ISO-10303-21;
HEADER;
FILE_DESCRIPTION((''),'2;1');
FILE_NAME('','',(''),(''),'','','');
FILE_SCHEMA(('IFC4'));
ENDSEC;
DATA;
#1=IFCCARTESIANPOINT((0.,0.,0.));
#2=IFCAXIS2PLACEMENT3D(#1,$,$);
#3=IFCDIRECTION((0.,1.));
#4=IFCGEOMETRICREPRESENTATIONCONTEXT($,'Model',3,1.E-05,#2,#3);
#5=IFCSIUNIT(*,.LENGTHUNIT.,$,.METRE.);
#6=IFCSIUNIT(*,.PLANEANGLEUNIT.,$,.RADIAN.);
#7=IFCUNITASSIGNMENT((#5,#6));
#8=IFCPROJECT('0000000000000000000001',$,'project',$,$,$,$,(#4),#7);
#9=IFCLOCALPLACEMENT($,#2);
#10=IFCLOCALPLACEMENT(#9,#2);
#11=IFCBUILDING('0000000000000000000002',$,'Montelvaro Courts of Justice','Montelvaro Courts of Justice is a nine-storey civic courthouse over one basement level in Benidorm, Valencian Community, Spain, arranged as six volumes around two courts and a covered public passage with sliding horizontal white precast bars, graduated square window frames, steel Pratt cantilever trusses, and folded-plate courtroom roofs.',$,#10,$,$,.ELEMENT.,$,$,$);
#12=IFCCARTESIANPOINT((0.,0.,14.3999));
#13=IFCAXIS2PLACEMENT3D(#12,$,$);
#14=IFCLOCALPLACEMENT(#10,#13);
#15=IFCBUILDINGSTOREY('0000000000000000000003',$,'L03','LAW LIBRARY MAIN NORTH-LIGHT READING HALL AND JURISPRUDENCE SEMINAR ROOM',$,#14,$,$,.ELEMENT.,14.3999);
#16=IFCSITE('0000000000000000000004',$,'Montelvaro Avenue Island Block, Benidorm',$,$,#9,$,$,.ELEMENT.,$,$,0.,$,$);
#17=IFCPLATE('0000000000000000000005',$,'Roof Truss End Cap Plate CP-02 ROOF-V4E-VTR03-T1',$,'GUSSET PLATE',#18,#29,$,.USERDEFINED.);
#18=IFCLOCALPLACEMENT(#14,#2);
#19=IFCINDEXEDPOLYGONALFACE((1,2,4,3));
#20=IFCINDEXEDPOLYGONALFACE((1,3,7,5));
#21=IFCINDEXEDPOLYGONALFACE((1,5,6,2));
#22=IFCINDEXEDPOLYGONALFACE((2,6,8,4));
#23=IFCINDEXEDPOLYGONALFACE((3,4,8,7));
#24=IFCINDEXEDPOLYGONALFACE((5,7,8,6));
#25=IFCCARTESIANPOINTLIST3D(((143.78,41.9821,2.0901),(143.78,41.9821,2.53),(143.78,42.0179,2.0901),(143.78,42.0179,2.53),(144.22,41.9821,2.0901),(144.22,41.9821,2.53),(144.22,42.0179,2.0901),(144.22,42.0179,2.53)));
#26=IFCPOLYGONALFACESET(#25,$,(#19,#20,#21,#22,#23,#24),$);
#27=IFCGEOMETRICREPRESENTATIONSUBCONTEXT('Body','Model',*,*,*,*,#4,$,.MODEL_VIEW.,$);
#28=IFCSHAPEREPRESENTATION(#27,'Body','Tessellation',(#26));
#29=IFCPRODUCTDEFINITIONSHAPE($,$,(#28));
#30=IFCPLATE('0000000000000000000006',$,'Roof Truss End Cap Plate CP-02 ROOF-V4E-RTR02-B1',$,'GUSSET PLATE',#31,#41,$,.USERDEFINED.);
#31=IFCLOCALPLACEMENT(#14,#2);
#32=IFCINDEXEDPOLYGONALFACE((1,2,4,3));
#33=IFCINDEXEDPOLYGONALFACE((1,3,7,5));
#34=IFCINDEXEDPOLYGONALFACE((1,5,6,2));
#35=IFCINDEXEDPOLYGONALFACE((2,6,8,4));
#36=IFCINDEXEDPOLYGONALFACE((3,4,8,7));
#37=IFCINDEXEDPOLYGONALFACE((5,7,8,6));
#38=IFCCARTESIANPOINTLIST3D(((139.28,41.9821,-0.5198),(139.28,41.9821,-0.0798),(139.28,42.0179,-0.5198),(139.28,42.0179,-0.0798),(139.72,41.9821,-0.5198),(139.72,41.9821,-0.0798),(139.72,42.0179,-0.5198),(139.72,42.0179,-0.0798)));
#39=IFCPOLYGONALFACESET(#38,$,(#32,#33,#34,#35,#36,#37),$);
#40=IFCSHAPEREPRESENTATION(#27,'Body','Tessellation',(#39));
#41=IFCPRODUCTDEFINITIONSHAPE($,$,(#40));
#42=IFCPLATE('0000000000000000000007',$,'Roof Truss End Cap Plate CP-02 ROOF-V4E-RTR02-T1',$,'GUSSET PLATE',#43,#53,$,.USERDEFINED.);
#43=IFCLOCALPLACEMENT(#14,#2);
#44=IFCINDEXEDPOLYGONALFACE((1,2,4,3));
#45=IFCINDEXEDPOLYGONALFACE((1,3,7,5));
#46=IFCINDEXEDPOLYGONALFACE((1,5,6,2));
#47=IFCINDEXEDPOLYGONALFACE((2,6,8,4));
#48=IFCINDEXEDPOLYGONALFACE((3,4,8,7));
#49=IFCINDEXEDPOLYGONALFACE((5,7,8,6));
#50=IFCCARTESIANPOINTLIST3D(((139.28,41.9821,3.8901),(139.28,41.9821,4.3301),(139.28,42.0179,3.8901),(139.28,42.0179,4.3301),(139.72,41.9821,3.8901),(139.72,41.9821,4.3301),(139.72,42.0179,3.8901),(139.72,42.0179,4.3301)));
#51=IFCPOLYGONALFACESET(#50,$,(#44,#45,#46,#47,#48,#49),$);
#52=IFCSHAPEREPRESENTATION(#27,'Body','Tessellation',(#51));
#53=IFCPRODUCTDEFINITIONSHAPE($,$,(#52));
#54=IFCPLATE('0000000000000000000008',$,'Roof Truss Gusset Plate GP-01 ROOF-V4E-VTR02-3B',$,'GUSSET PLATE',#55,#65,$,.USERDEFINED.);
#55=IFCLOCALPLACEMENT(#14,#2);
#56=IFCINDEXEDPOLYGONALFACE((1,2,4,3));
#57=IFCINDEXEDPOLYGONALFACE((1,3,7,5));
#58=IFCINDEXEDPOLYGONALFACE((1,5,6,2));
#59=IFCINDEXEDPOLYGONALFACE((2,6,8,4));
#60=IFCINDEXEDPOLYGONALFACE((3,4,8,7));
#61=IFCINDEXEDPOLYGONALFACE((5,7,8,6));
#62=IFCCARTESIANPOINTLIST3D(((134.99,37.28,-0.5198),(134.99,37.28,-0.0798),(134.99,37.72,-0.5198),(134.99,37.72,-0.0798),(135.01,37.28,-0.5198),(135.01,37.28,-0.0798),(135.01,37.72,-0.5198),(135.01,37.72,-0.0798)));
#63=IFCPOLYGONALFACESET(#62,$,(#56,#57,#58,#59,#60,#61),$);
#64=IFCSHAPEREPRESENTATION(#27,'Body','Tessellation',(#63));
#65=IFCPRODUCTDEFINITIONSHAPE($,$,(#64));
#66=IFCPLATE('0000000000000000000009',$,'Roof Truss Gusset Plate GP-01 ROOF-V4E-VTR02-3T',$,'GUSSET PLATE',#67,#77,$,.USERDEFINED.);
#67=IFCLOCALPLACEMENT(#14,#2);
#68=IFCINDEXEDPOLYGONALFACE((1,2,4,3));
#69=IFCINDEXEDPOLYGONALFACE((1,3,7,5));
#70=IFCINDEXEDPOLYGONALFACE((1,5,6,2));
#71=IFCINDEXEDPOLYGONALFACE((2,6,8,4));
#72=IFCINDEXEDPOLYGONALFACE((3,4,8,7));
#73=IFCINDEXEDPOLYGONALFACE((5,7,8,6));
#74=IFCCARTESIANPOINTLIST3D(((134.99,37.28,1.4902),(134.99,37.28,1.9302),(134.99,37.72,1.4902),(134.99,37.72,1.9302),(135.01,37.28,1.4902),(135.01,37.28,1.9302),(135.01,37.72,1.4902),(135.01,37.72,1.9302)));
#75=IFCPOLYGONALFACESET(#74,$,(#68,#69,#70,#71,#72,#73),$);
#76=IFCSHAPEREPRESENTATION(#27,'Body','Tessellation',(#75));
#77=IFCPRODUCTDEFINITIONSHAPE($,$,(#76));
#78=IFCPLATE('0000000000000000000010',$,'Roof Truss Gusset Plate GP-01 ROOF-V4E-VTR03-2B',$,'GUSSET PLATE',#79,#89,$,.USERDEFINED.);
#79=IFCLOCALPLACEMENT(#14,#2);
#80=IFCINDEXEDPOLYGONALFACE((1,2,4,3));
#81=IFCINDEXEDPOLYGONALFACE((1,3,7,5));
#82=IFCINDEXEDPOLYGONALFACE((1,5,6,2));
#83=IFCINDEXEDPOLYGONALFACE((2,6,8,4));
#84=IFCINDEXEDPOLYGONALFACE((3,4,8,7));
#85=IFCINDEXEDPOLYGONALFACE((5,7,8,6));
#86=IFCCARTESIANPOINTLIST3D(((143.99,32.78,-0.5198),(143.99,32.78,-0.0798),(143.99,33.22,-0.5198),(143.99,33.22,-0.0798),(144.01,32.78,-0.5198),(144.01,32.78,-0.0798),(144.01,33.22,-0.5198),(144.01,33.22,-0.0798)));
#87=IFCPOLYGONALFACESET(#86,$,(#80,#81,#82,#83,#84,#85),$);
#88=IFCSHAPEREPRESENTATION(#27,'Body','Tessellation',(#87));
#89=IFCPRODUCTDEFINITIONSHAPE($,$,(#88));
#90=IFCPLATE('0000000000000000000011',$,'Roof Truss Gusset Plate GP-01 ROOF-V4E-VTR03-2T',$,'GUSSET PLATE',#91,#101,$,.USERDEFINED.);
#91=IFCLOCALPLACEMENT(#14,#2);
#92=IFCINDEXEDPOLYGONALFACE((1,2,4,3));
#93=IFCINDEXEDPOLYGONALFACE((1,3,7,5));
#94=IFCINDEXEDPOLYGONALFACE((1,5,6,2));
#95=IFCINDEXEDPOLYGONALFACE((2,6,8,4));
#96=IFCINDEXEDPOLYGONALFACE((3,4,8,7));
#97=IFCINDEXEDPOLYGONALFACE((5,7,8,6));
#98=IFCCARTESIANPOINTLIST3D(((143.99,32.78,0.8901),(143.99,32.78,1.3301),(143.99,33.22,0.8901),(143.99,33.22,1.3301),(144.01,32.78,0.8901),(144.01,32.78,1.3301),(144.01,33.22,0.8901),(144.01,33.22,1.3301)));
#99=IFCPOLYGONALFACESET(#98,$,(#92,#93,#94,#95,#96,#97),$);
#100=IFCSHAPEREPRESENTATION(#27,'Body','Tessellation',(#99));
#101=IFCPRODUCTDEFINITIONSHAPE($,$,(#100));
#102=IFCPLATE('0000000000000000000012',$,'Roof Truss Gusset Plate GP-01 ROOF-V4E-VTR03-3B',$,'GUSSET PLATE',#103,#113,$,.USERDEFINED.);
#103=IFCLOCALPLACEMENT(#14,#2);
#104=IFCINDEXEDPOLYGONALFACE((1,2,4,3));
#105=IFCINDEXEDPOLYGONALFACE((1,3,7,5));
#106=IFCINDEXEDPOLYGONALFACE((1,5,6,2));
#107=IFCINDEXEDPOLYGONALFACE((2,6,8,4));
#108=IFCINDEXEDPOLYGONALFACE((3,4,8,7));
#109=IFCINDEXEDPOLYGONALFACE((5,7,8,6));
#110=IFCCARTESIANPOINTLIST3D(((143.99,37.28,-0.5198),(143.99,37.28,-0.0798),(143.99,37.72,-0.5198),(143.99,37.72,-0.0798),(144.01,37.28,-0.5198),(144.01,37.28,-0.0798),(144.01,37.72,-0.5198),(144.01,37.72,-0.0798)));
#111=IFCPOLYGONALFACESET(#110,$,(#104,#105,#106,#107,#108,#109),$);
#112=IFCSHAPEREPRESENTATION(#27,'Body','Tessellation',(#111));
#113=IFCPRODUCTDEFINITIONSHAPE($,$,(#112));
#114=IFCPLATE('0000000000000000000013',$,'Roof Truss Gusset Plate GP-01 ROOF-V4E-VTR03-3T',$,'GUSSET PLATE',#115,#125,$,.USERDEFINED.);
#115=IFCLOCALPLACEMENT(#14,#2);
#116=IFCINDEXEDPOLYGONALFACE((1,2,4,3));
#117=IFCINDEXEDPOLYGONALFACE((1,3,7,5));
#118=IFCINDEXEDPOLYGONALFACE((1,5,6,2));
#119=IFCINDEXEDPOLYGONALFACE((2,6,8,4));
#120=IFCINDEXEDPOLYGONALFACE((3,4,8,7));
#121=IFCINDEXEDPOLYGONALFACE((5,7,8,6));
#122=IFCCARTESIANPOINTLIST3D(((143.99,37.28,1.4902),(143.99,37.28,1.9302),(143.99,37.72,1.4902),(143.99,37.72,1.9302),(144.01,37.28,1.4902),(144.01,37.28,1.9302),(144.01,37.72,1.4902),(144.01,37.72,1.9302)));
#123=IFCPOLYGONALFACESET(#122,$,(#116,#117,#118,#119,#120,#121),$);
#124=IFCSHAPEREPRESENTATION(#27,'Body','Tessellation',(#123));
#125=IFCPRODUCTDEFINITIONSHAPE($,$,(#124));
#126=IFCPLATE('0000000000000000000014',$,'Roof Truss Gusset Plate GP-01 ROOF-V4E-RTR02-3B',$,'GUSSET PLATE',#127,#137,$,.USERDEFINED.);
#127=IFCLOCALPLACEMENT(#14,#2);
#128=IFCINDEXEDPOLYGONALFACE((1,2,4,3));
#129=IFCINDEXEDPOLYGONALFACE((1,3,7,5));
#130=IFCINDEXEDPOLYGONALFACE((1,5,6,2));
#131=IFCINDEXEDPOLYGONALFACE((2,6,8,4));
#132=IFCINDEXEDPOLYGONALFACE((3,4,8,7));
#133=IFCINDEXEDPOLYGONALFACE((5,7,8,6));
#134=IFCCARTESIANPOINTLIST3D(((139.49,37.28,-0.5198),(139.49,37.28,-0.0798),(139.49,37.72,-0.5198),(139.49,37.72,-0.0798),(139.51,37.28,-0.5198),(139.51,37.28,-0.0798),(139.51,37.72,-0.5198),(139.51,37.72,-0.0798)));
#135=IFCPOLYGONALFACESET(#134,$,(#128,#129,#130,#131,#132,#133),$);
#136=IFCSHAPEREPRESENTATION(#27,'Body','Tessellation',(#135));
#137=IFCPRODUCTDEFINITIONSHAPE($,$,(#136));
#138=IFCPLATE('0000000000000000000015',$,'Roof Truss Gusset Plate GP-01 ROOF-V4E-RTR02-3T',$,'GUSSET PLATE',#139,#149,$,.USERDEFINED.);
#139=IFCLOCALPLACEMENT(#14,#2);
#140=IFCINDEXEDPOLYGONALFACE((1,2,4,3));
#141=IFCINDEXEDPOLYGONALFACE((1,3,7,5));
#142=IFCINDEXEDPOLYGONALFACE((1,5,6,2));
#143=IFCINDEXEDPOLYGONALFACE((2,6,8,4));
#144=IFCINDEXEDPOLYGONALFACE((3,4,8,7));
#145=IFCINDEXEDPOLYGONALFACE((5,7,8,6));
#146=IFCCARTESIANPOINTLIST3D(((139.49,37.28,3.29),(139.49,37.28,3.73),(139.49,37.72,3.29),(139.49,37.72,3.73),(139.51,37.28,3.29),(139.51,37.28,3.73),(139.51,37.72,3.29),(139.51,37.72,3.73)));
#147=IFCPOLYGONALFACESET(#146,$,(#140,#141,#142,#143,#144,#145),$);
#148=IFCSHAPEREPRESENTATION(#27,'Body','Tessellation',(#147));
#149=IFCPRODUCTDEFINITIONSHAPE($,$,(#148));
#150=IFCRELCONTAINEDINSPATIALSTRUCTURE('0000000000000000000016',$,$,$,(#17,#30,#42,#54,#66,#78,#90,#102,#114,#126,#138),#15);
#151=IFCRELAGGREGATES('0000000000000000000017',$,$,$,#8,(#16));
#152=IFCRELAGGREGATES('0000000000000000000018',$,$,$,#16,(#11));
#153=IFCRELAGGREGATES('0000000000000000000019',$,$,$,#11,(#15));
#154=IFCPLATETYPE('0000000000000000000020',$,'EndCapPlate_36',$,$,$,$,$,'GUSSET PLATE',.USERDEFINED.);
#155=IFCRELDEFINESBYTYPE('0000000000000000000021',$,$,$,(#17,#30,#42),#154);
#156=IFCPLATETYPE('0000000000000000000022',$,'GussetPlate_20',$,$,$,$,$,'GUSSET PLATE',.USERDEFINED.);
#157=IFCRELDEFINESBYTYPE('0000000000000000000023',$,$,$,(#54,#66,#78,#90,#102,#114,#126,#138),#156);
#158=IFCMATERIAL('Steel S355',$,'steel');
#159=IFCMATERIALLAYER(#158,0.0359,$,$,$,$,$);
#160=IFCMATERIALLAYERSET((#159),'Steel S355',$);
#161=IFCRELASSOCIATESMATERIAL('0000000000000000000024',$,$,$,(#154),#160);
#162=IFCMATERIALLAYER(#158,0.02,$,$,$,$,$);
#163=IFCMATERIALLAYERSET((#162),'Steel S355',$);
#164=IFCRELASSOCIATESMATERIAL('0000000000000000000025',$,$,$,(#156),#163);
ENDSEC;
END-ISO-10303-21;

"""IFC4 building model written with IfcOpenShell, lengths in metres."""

from ifc_helpers import new_model, si_unit, direction, frame, origin, origin_2d, place, context, subcontext, project, spatial, rectangle, extrude, material, layer, layer_set, type_object, element, save


model = new_model("IFC4")

# Units and contexts
model_context = context("Model", 3, precision=1e-05, world=origin(), true_north=direction((0.0, 1.0)))
body_context = subcontext(model_context, "Body", "Model", "MODEL_VIEW")
ifc_project = project(units=[si_unit("LENGTHUNIT", "METRE"), si_unit("PLANEANGLEUNIT", "RADIAN")], contexts=[model_context])

# Site, building, storey
site_placement = place(None, origin())
site = spatial("IfcSite", under=ifc_project, at=site_placement, Name="Montelvaro Avenue Island Block, Benidorm", CompositionType="ELEMENT", RefElevation=0.0)
building_placement = place(site_placement, origin())
building = spatial("IfcBuilding", under=site, at=building_placement, Name="Montelvaro Courts of Justice", Description="Montelvaro Courts of Justice is a nine-storey civic courthouse over one basement level in Benidorm, Valencian Community, Spain, arranged as six volumes around two courts and a covered public passage with sliding horizontal white precast bars, graduated square window frames, steel Pratt cantilever trusses, and folded-plate courtroom roofs.", CompositionType="ELEMENT")
storey_placement = place(building_placement, frame((0.0, 0.0, 14.3999)))
storey = spatial("IfcBuildingStorey", under=building, at=storey_placement, Name="L03", Description="LAW LIBRARY MAIN NORTH-LIGHT READING HALL AND JURISPRUDENCE SEMINAR ROOM", CompositionType="ELEMENT", Elevation=14.3999)

# Shared definitions
ifc_material = material(Name="Steel S355", Category="steel")

# Plates
ifc_layer_1 = layer(ifc_material, 0.0359)
ifc_layer_set_1 = layer_set([ifc_layer_1], Name="Steel S355")
plate_type_1 = type_object("IfcPlateType", Name="EndCapPlate_36", ElementType="GUSSET PLATE", PredefinedType="USERDEFINED", material=ifc_layer_set_1)
for number, where, z_axis, x_axis, name in (
    (1, (144.0, 42.0, 2.0901), (0.0, 0.0, 1.0), (1.0, 0.0, 0.0), "Roof Truss End Cap Plate CP-02 ROOF-V4E-VTR03-T1"),
    (2, (139.5, 42.0, -0.5198), (0.0, 0.0, 1.0), (1.0, 0.0, 0.0), "Roof Truss End Cap Plate CP-02 ROOF-V4E-RTR02-B1"),
    (3, (139.5, 42.0, 3.8901), (0.0, 0.0, 1.0), (1.0, 0.0, 0.0), "Roof Truss End Cap Plate CP-02 ROOF-V4E-RTR02-T1"),
):
    element("IfcPlate", number, at=place(storey_placement, frame(where, z_axis=z_axis, x_axis=x_axis)), inside=storey, type_object=plate_type_1, Name=name, ObjectType="GUSSET PLATE", PredefinedType="USERDEFINED", context=body_context, shape_type="SweptSolid", body=[
        extrude(rectangle(XDim=0.4399, YDim=0.0359, at=origin_2d()), origin(), (0.0, 0.0, 1.0), 0.4399),
    ])
ifc_layer_2 = layer(ifc_material, 0.02)
ifc_layer_set_2 = layer_set([ifc_layer_2], Name="Steel S355")
plate_type_2 = type_object("IfcPlateType", Name="GussetPlate_20", ElementType="GUSSET PLATE", PredefinedType="USERDEFINED", material=ifc_layer_set_2)
for number, where, z_axis, x_axis, name in (
    (4, (135.0, 37.5, -0.5198), (0.0, 0.0, 1.0), (1.0, 0.0, 0.0), "Roof Truss Gusset Plate GP-01 ROOF-V4E-VTR02-3B"),
    (5, (135.0, 37.5, 1.4902), (0.0, 0.0, 1.0), (1.0, 0.0, 0.0), "Roof Truss Gusset Plate GP-01 ROOF-V4E-VTR02-3T"),
    (6, (144.0, 33.0, -0.5198), (0.0, 0.0, 1.0), (1.0, 0.0, 0.0), "Roof Truss Gusset Plate GP-01 ROOF-V4E-VTR03-2B"),
    (7, (144.0, 33.0, 0.8901), (0.0, 0.0, 1.0), (1.0, 0.0, 0.0), "Roof Truss Gusset Plate GP-01 ROOF-V4E-VTR03-2T"),
    (8, (144.0, 37.5, -0.5198), (0.0, 0.0, 1.0), (1.0, 0.0, 0.0), "Roof Truss Gusset Plate GP-01 ROOF-V4E-VTR03-3B"),
    (9, (144.0, 37.5, 1.4902), (0.0, 0.0, 1.0), (1.0, 0.0, 0.0), "Roof Truss Gusset Plate GP-01 ROOF-V4E-VTR03-3T"),
    (10, (139.5, 37.5, -0.5198), (0.0, 0.0, 1.0), (1.0, 0.0, 0.0), "Roof Truss Gusset Plate GP-01 ROOF-V4E-RTR02-3B"),
    (11, (139.5, 37.5, 3.29), (0.0, 0.0, 1.0), (1.0, 0.0, 0.0), "Roof Truss Gusset Plate GP-01 ROOF-V4E-RTR02-3T"),
):
    element("IfcPlate", number, at=place(storey_placement, frame(where, z_axis=z_axis, x_axis=x_axis)), inside=storey, type_object=plate_type_2, Name=name, ObjectType="GUSSET PLATE", PredefinedType="USERDEFINED", context=body_context, shape_type="SweptSolid", body=[
        extrude(rectangle(XDim=0.02, YDim=0.4399, at=origin_2d()), origin(), (0.0, 0.0, 1.0), 0.4399),
    ])

save(model, "model.ifc")
